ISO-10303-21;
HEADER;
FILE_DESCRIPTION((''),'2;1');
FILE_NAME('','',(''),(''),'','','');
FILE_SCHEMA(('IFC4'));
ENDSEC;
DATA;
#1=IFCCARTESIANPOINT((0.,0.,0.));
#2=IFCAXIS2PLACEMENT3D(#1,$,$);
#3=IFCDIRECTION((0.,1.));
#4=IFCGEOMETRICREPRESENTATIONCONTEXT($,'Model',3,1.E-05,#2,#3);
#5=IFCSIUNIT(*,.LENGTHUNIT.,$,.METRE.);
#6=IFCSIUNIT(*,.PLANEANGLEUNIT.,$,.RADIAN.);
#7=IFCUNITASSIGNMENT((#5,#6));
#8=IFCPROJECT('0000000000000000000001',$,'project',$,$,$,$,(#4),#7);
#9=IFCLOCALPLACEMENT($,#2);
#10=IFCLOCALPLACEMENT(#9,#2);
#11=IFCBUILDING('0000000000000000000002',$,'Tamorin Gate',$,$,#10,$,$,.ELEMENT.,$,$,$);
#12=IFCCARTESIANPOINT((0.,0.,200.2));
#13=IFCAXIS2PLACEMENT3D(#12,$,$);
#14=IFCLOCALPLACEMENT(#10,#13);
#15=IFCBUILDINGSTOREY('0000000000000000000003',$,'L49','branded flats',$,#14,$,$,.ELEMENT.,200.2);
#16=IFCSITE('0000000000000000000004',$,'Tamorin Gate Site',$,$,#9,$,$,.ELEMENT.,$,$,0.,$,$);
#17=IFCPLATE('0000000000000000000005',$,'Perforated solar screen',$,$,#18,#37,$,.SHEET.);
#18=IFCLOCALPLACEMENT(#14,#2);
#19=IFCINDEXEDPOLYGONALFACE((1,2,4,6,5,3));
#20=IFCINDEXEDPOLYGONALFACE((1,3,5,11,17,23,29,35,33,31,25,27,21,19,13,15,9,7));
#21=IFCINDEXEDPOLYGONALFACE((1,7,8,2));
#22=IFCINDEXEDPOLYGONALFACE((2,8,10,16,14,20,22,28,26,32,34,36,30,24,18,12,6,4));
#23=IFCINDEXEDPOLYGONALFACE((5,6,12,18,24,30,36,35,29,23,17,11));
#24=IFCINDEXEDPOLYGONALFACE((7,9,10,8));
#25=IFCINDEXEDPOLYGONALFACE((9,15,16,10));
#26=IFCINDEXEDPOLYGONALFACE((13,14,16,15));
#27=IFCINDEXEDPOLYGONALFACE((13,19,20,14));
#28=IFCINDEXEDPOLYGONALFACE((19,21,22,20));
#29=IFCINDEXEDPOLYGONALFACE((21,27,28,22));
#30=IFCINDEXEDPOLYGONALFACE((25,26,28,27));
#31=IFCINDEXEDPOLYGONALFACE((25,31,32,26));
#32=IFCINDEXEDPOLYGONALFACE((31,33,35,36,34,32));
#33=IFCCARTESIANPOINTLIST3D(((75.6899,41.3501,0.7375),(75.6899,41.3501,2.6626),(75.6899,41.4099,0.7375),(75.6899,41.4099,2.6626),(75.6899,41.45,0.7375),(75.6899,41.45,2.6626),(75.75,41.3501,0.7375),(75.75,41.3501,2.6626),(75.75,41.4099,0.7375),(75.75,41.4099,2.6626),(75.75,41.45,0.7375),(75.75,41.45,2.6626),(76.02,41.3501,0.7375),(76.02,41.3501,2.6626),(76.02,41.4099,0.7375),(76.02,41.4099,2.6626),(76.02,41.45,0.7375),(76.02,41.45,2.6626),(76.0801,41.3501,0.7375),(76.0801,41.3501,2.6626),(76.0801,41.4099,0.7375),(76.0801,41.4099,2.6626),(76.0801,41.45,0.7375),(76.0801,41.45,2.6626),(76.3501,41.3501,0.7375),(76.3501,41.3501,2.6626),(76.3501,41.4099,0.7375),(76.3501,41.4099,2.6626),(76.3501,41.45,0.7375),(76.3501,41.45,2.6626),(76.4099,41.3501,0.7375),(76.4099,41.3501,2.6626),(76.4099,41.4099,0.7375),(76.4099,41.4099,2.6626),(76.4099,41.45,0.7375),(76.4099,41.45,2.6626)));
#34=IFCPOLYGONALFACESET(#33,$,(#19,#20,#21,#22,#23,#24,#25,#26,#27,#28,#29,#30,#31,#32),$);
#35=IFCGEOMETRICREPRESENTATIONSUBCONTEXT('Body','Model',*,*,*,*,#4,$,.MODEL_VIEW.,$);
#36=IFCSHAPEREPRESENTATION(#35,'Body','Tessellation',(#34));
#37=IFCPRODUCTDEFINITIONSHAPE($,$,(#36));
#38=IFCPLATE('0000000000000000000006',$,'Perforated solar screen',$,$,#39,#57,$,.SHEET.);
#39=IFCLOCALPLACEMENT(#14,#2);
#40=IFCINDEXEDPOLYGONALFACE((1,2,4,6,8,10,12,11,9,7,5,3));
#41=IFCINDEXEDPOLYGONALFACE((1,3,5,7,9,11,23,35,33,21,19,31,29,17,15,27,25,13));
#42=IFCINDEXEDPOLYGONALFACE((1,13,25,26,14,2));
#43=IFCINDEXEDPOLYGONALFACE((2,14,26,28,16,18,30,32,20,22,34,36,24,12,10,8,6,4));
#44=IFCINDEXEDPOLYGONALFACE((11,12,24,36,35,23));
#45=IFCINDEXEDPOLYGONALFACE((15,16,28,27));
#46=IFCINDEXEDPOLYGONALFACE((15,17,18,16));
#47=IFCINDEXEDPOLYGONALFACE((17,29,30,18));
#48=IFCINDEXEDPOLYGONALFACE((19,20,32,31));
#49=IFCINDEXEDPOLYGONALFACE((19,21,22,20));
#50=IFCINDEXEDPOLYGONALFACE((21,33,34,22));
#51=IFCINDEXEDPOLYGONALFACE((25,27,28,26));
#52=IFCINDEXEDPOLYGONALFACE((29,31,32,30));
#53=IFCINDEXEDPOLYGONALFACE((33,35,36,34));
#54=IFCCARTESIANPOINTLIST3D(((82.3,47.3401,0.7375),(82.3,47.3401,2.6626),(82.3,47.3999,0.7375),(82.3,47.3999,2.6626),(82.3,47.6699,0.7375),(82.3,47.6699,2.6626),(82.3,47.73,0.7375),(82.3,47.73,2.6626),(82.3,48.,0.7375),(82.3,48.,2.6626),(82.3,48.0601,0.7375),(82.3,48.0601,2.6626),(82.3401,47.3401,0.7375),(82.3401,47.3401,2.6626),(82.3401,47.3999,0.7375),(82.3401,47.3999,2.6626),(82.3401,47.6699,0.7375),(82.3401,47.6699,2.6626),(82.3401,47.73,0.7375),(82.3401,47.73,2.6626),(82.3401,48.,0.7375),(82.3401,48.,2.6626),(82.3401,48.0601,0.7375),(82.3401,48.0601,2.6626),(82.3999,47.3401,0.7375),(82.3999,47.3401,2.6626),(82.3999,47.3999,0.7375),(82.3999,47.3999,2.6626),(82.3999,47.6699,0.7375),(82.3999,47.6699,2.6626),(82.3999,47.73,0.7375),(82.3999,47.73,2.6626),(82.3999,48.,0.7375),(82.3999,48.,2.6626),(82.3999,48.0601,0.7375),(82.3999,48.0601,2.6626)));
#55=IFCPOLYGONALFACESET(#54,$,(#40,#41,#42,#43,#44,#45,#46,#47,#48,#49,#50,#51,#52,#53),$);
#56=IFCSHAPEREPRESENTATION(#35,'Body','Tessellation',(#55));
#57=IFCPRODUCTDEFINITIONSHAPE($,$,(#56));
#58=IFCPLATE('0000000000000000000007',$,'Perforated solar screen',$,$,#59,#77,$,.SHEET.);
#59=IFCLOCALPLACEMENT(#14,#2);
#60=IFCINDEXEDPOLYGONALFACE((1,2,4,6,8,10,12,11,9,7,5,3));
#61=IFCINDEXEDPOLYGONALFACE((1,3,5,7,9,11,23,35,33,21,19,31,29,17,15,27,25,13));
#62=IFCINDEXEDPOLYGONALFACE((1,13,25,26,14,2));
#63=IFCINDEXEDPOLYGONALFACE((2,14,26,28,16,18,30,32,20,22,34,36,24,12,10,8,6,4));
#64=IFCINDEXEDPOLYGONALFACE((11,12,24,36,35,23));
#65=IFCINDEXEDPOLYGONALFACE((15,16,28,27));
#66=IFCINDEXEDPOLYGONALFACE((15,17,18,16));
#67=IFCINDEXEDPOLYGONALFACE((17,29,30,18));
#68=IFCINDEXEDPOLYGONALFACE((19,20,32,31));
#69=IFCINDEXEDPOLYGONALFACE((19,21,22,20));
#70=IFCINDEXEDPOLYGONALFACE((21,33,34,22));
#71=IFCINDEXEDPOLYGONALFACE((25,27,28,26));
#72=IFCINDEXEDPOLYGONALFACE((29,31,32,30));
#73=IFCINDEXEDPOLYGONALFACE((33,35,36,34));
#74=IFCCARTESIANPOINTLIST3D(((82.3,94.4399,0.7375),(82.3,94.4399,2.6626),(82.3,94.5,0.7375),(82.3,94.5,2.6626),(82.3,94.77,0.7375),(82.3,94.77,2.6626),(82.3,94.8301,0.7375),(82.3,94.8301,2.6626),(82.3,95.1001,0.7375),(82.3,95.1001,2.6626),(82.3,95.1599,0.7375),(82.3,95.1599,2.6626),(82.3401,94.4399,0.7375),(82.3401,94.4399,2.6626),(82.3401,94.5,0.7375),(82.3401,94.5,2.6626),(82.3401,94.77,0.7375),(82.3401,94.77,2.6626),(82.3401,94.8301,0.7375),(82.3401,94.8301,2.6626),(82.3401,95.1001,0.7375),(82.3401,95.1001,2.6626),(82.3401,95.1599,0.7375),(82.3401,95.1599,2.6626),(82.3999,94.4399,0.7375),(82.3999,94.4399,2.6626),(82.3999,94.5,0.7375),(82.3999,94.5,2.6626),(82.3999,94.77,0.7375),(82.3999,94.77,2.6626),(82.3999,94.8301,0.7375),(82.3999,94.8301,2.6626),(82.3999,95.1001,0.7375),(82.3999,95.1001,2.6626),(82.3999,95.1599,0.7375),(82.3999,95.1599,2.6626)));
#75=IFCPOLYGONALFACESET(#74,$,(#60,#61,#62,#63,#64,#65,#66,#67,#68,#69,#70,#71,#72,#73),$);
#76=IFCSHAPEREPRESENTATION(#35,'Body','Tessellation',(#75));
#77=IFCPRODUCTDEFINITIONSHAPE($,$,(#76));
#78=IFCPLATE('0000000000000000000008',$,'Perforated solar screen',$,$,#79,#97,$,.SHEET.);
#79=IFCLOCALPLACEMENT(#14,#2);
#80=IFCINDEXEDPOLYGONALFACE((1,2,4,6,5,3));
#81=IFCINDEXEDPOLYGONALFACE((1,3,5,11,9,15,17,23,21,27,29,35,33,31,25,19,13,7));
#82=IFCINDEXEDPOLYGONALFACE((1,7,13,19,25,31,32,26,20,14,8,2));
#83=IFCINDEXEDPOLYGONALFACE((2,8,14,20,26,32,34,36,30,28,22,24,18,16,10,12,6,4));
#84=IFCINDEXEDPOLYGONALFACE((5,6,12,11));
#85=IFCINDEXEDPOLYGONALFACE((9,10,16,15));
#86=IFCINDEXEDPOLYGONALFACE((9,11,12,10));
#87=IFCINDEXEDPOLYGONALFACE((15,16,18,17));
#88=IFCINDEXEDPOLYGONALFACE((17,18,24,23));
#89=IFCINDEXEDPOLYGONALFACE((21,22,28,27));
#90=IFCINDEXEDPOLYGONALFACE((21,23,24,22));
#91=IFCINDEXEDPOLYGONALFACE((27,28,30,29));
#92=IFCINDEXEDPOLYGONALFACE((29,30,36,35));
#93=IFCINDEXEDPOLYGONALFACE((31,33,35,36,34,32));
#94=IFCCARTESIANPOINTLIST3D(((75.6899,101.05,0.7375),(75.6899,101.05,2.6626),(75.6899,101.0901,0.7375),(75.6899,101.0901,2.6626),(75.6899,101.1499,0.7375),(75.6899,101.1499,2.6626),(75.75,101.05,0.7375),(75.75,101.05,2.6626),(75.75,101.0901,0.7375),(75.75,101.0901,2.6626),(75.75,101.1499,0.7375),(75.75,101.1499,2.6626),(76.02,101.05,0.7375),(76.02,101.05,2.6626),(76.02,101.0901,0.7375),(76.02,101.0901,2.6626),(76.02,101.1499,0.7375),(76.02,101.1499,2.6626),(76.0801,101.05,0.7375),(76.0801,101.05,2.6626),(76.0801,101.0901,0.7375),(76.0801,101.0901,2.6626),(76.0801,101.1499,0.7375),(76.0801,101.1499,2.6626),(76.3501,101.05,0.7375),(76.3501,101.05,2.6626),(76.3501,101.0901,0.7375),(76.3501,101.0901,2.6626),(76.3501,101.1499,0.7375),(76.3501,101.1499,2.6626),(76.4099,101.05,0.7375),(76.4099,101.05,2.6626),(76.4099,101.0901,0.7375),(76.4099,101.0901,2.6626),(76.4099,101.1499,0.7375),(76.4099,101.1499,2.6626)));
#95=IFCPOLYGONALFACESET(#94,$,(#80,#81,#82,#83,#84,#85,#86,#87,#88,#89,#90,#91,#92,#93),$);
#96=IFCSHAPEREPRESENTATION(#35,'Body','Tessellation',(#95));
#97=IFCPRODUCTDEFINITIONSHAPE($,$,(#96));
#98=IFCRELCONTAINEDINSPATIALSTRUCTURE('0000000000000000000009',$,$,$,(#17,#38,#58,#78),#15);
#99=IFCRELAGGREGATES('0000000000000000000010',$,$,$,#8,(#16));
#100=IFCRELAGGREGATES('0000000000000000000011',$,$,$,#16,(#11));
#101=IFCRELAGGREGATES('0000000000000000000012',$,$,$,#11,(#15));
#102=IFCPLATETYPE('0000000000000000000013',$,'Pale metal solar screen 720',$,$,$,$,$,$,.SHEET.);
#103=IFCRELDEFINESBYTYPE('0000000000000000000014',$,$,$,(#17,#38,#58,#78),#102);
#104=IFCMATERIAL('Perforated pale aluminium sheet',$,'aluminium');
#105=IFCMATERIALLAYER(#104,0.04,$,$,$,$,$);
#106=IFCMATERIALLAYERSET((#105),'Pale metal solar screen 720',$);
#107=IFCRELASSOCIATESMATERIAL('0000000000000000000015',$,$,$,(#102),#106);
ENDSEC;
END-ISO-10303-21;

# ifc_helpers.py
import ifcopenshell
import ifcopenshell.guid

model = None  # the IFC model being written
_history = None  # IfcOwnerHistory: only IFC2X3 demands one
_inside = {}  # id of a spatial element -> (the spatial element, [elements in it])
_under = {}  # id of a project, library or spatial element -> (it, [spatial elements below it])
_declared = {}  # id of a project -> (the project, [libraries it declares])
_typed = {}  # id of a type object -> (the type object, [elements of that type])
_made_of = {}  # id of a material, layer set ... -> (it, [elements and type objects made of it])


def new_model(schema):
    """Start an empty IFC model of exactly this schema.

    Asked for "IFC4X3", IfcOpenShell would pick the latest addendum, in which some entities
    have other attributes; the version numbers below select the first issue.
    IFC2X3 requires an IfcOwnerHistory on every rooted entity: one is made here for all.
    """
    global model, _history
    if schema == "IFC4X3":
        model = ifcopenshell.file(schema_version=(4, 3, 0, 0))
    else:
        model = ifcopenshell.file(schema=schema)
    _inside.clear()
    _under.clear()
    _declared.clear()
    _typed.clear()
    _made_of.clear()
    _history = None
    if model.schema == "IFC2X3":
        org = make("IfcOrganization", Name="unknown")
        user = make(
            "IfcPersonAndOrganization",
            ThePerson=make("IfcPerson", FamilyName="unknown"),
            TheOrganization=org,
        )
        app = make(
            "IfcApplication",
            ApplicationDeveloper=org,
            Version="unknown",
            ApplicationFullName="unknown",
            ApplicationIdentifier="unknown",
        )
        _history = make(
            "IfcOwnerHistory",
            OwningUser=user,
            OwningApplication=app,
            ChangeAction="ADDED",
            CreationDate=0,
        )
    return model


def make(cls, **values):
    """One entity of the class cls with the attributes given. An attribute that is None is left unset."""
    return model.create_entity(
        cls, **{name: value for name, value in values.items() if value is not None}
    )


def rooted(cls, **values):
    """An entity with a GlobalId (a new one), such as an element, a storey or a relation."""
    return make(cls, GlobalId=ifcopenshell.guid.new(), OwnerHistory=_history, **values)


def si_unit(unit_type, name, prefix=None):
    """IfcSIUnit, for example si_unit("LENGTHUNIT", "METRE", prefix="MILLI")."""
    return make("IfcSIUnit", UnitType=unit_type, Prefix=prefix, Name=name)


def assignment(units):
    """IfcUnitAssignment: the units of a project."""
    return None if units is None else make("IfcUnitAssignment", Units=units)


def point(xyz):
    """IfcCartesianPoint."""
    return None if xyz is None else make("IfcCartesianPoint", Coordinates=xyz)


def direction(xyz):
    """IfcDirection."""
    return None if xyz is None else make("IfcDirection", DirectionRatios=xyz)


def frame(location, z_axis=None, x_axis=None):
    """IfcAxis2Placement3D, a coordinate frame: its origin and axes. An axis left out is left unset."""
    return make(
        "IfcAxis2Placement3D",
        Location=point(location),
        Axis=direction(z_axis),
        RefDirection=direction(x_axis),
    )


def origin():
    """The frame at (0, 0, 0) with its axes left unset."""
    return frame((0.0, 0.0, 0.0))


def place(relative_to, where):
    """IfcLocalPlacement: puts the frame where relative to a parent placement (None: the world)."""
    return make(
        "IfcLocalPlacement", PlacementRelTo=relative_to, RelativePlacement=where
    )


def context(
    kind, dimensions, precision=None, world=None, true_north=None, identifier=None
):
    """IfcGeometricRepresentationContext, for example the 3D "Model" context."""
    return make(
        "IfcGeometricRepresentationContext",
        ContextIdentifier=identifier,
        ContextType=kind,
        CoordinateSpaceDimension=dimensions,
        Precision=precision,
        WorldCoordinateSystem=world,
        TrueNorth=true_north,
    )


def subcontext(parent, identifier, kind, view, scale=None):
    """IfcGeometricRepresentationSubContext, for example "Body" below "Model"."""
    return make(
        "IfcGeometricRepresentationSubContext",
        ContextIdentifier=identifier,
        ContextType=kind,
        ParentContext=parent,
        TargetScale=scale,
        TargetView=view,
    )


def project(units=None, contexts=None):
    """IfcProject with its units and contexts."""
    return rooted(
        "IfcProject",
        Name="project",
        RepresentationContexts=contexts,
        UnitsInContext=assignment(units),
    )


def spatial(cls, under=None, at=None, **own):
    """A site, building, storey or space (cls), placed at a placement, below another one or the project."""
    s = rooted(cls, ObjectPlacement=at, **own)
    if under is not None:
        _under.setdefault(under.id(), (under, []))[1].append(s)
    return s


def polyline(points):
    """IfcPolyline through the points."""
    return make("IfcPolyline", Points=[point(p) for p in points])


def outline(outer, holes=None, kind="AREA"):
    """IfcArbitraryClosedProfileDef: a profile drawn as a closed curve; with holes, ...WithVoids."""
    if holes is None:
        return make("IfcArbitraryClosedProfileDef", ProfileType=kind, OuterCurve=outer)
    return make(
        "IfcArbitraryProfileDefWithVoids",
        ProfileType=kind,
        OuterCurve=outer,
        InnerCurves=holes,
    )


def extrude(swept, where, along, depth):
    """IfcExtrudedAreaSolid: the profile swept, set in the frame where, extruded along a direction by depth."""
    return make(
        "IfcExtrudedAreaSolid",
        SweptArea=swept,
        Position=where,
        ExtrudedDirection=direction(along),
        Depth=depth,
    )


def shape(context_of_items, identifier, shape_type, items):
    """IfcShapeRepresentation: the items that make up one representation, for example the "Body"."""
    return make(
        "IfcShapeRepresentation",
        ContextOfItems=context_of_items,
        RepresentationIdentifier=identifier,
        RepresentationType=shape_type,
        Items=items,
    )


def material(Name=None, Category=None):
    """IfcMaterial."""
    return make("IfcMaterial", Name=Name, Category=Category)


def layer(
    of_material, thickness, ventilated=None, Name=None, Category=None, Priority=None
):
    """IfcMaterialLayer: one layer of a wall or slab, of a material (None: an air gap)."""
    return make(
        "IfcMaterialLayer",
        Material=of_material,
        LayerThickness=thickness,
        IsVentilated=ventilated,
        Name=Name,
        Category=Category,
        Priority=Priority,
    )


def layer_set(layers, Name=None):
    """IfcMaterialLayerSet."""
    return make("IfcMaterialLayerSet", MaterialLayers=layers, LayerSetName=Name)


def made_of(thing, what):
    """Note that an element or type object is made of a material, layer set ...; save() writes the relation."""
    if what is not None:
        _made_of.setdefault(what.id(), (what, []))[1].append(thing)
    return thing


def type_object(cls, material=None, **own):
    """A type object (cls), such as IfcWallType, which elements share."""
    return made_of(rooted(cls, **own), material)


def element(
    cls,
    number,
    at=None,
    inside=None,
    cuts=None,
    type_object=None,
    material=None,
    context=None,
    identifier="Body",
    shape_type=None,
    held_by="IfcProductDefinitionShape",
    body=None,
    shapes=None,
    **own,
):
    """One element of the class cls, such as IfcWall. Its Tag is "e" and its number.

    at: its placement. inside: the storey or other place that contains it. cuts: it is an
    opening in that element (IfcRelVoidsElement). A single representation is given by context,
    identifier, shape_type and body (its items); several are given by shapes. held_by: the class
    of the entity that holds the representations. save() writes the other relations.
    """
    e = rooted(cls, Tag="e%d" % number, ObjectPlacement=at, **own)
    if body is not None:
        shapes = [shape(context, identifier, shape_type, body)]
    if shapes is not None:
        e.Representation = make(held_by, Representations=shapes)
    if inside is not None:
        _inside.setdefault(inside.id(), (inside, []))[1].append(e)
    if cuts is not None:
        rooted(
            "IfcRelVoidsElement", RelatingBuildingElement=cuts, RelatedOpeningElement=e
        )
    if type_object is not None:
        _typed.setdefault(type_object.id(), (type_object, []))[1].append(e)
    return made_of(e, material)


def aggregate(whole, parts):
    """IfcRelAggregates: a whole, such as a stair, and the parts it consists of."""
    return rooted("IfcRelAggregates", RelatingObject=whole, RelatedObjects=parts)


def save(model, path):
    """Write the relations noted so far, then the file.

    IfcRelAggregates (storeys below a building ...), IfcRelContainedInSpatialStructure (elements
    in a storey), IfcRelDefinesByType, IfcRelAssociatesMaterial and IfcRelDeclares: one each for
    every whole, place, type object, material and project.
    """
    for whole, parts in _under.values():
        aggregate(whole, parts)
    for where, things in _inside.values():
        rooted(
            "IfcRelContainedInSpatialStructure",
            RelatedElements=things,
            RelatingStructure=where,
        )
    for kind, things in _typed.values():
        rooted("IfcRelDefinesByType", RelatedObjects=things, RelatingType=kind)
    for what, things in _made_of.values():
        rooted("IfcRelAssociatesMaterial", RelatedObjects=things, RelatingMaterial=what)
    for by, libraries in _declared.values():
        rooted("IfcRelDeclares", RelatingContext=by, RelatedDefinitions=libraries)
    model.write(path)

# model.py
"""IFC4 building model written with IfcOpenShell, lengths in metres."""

from ifc_helpers import new_model, si_unit, direction, frame, origin, place, context, subcontext, project, spatial, polyline, outline, extrude, material, layer, layer_set, type_object, element, save


model = new_model("IFC4")

# Units and contexts
model_context = context("Model", 3, precision=1e-05, world=origin(), true_north=direction((0.0, 1.0)))
body_context = subcontext(model_context, "Body", "Model", "MODEL_VIEW")
ifc_project = project(units=[si_unit("LENGTHUNIT", "METRE"), si_unit("PLANEANGLEUNIT", "RADIAN")], contexts=[model_context])

# Site, building, storey
site_placement = place(None, origin())
site = spatial("IfcSite", under=ifc_project, at=site_placement, Name="Tamorin Gate Site", CompositionType="ELEMENT", RefElevation=0.0)
building_placement = place(site_placement, origin())
building = spatial("IfcBuilding", under=site, at=building_placement, Name="Tamorin Gate", CompositionType="ELEMENT")
storey_placement = place(building_placement, frame((0.0, 0.0, 200.2)))
storey = spatial("IfcBuildingStorey", under=building, at=storey_placement, Name="L49", Description="branded flats", CompositionType="ELEMENT", Elevation=200.2)

# Plates
ifc_material_1 = material(Name="Perforated pale aluminium sheet", Category="aluminium")
ifc_layer_1 = layer(ifc_material_1, 0.04)
ifc_layer_set_1 = layer_set([ifc_layer_1], Name="Pale metal solar screen 720")
plate_type_1 = type_object("IfcPlateType", Name="Pale metal solar screen 720", PredefinedType="SHEET", material=ifc_layer_set_1)
plate_1_placement = place(storey_placement, frame((0.0, 0.0, 0.7375)))
element("IfcPlate", 1, at=plate_1_placement, inside=storey, type_object=plate_type_1, Name="Perforated solar screen", PredefinedType="SHEET", context=body_context, shape_type="SweptSolid", body=[
    extrude(outline(polyline([(75.6899, 41.4099), (75.6899, 41.45), (75.75, 41.45), (76.02, 41.45), (76.0801, 41.45), (76.3501, 41.45), (76.4099, 41.45), (76.4099, 41.4099), (76.4099, 41.3501), (76.3501, 41.3501), (76.3501, 41.4099), (76.0801, 41.4099), (76.0801, 41.3501), (76.02, 41.3501), (76.02, 41.4099), (75.75, 41.4099), (75.75, 41.3501), (75.6899, 41.3501), (75.6899, 41.4099)])), origin(), (0.0, 0.0, 1.0), 1.925),
])
plate_2_placement = place(storey_placement, frame((0.0, 0.0, 0.7375)))
element("IfcPlate", 2, at=plate_2_placement, inside=storey, type_object=plate_type_1, Name="Perforated solar screen", PredefinedType="SHEET", context=body_context, shape_type="SweptSolid", body=[
    extrude(outline(polyline([(82.3401, 47.3401), (82.3, 47.3401), (82.3, 47.3999), (82.3, 47.6699), (82.3, 47.73), (82.3, 48.0), (82.3, 48.0601), (82.3401, 48.0601), (82.3999, 48.0601), (82.3999, 48.0), (82.3401, 48.0), (82.3401, 47.73), (82.3999, 47.73), (82.3999, 47.6699), (82.3401, 47.6699), (82.3401, 47.3999), (82.3999, 47.3999), (82.3999, 47.3401), (82.3401, 47.3401)])), origin(), (0.0, 0.0, 1.0), 1.925),
])
plate_3_placement = place(storey_placement, frame((0.0, 0.0, 0.7375)))
element("IfcPlate", 3, at=plate_3_placement, inside=storey, type_object=plate_type_1, Name="Perforated solar screen", PredefinedType="SHEET", context=body_context, shape_type="SweptSolid", body=[
    extrude(outline(polyline([(82.3401, 94.4399), (82.3, 94.4399), (82.3, 94.5), (82.3, 94.77), (82.3, 94.8301), (82.3, 95.1001), (82.3, 95.1599), (82.3401, 95.1599), (82.3999, 95.1599), (82.3999, 95.1001), (82.3401, 95.1001), (82.3401, 94.8301), (82.3999, 94.8301), (82.3999, 94.77), (82.3401, 94.77), (82.3401, 94.5), (82.3999, 94.5), (82.3999, 94.4399), (82.3401, 94.4399)])), origin(), (0.0, 0.0, 1.0), 1.925),
])
plate_4_placement = place(storey_placement, frame((0.0, 0.0, 0.7375)))
element("IfcPlate", 4, at=plate_4_placement, inside=storey, type_object=plate_type_1, Name="Perforated solar screen", PredefinedType="SHEET", context=body_context, shape_type="SweptSolid", body=[
    extrude(outline(polyline([(76.4099, 101.0901), (76.4099, 101.05), (76.3501, 101.05), (76.0801, 101.05), (76.02, 101.05), (75.75, 101.05), (75.6899, 101.05), (75.6899, 101.0901), (75.6899, 101.1499), (75.75, 101.1499), (75.75, 101.0901), (76.02, 101.0901), (76.02, 101.1499), (76.0801, 101.1499), (76.0801, 101.0901), (76.3501, 101.0901), (76.3501, 101.1499), (76.4099, 101.1499), (76.4099, 101.0901)])), origin(), (0.0, 0.0, 1.0), 1.925),
])

save(model, "model.ifc")
